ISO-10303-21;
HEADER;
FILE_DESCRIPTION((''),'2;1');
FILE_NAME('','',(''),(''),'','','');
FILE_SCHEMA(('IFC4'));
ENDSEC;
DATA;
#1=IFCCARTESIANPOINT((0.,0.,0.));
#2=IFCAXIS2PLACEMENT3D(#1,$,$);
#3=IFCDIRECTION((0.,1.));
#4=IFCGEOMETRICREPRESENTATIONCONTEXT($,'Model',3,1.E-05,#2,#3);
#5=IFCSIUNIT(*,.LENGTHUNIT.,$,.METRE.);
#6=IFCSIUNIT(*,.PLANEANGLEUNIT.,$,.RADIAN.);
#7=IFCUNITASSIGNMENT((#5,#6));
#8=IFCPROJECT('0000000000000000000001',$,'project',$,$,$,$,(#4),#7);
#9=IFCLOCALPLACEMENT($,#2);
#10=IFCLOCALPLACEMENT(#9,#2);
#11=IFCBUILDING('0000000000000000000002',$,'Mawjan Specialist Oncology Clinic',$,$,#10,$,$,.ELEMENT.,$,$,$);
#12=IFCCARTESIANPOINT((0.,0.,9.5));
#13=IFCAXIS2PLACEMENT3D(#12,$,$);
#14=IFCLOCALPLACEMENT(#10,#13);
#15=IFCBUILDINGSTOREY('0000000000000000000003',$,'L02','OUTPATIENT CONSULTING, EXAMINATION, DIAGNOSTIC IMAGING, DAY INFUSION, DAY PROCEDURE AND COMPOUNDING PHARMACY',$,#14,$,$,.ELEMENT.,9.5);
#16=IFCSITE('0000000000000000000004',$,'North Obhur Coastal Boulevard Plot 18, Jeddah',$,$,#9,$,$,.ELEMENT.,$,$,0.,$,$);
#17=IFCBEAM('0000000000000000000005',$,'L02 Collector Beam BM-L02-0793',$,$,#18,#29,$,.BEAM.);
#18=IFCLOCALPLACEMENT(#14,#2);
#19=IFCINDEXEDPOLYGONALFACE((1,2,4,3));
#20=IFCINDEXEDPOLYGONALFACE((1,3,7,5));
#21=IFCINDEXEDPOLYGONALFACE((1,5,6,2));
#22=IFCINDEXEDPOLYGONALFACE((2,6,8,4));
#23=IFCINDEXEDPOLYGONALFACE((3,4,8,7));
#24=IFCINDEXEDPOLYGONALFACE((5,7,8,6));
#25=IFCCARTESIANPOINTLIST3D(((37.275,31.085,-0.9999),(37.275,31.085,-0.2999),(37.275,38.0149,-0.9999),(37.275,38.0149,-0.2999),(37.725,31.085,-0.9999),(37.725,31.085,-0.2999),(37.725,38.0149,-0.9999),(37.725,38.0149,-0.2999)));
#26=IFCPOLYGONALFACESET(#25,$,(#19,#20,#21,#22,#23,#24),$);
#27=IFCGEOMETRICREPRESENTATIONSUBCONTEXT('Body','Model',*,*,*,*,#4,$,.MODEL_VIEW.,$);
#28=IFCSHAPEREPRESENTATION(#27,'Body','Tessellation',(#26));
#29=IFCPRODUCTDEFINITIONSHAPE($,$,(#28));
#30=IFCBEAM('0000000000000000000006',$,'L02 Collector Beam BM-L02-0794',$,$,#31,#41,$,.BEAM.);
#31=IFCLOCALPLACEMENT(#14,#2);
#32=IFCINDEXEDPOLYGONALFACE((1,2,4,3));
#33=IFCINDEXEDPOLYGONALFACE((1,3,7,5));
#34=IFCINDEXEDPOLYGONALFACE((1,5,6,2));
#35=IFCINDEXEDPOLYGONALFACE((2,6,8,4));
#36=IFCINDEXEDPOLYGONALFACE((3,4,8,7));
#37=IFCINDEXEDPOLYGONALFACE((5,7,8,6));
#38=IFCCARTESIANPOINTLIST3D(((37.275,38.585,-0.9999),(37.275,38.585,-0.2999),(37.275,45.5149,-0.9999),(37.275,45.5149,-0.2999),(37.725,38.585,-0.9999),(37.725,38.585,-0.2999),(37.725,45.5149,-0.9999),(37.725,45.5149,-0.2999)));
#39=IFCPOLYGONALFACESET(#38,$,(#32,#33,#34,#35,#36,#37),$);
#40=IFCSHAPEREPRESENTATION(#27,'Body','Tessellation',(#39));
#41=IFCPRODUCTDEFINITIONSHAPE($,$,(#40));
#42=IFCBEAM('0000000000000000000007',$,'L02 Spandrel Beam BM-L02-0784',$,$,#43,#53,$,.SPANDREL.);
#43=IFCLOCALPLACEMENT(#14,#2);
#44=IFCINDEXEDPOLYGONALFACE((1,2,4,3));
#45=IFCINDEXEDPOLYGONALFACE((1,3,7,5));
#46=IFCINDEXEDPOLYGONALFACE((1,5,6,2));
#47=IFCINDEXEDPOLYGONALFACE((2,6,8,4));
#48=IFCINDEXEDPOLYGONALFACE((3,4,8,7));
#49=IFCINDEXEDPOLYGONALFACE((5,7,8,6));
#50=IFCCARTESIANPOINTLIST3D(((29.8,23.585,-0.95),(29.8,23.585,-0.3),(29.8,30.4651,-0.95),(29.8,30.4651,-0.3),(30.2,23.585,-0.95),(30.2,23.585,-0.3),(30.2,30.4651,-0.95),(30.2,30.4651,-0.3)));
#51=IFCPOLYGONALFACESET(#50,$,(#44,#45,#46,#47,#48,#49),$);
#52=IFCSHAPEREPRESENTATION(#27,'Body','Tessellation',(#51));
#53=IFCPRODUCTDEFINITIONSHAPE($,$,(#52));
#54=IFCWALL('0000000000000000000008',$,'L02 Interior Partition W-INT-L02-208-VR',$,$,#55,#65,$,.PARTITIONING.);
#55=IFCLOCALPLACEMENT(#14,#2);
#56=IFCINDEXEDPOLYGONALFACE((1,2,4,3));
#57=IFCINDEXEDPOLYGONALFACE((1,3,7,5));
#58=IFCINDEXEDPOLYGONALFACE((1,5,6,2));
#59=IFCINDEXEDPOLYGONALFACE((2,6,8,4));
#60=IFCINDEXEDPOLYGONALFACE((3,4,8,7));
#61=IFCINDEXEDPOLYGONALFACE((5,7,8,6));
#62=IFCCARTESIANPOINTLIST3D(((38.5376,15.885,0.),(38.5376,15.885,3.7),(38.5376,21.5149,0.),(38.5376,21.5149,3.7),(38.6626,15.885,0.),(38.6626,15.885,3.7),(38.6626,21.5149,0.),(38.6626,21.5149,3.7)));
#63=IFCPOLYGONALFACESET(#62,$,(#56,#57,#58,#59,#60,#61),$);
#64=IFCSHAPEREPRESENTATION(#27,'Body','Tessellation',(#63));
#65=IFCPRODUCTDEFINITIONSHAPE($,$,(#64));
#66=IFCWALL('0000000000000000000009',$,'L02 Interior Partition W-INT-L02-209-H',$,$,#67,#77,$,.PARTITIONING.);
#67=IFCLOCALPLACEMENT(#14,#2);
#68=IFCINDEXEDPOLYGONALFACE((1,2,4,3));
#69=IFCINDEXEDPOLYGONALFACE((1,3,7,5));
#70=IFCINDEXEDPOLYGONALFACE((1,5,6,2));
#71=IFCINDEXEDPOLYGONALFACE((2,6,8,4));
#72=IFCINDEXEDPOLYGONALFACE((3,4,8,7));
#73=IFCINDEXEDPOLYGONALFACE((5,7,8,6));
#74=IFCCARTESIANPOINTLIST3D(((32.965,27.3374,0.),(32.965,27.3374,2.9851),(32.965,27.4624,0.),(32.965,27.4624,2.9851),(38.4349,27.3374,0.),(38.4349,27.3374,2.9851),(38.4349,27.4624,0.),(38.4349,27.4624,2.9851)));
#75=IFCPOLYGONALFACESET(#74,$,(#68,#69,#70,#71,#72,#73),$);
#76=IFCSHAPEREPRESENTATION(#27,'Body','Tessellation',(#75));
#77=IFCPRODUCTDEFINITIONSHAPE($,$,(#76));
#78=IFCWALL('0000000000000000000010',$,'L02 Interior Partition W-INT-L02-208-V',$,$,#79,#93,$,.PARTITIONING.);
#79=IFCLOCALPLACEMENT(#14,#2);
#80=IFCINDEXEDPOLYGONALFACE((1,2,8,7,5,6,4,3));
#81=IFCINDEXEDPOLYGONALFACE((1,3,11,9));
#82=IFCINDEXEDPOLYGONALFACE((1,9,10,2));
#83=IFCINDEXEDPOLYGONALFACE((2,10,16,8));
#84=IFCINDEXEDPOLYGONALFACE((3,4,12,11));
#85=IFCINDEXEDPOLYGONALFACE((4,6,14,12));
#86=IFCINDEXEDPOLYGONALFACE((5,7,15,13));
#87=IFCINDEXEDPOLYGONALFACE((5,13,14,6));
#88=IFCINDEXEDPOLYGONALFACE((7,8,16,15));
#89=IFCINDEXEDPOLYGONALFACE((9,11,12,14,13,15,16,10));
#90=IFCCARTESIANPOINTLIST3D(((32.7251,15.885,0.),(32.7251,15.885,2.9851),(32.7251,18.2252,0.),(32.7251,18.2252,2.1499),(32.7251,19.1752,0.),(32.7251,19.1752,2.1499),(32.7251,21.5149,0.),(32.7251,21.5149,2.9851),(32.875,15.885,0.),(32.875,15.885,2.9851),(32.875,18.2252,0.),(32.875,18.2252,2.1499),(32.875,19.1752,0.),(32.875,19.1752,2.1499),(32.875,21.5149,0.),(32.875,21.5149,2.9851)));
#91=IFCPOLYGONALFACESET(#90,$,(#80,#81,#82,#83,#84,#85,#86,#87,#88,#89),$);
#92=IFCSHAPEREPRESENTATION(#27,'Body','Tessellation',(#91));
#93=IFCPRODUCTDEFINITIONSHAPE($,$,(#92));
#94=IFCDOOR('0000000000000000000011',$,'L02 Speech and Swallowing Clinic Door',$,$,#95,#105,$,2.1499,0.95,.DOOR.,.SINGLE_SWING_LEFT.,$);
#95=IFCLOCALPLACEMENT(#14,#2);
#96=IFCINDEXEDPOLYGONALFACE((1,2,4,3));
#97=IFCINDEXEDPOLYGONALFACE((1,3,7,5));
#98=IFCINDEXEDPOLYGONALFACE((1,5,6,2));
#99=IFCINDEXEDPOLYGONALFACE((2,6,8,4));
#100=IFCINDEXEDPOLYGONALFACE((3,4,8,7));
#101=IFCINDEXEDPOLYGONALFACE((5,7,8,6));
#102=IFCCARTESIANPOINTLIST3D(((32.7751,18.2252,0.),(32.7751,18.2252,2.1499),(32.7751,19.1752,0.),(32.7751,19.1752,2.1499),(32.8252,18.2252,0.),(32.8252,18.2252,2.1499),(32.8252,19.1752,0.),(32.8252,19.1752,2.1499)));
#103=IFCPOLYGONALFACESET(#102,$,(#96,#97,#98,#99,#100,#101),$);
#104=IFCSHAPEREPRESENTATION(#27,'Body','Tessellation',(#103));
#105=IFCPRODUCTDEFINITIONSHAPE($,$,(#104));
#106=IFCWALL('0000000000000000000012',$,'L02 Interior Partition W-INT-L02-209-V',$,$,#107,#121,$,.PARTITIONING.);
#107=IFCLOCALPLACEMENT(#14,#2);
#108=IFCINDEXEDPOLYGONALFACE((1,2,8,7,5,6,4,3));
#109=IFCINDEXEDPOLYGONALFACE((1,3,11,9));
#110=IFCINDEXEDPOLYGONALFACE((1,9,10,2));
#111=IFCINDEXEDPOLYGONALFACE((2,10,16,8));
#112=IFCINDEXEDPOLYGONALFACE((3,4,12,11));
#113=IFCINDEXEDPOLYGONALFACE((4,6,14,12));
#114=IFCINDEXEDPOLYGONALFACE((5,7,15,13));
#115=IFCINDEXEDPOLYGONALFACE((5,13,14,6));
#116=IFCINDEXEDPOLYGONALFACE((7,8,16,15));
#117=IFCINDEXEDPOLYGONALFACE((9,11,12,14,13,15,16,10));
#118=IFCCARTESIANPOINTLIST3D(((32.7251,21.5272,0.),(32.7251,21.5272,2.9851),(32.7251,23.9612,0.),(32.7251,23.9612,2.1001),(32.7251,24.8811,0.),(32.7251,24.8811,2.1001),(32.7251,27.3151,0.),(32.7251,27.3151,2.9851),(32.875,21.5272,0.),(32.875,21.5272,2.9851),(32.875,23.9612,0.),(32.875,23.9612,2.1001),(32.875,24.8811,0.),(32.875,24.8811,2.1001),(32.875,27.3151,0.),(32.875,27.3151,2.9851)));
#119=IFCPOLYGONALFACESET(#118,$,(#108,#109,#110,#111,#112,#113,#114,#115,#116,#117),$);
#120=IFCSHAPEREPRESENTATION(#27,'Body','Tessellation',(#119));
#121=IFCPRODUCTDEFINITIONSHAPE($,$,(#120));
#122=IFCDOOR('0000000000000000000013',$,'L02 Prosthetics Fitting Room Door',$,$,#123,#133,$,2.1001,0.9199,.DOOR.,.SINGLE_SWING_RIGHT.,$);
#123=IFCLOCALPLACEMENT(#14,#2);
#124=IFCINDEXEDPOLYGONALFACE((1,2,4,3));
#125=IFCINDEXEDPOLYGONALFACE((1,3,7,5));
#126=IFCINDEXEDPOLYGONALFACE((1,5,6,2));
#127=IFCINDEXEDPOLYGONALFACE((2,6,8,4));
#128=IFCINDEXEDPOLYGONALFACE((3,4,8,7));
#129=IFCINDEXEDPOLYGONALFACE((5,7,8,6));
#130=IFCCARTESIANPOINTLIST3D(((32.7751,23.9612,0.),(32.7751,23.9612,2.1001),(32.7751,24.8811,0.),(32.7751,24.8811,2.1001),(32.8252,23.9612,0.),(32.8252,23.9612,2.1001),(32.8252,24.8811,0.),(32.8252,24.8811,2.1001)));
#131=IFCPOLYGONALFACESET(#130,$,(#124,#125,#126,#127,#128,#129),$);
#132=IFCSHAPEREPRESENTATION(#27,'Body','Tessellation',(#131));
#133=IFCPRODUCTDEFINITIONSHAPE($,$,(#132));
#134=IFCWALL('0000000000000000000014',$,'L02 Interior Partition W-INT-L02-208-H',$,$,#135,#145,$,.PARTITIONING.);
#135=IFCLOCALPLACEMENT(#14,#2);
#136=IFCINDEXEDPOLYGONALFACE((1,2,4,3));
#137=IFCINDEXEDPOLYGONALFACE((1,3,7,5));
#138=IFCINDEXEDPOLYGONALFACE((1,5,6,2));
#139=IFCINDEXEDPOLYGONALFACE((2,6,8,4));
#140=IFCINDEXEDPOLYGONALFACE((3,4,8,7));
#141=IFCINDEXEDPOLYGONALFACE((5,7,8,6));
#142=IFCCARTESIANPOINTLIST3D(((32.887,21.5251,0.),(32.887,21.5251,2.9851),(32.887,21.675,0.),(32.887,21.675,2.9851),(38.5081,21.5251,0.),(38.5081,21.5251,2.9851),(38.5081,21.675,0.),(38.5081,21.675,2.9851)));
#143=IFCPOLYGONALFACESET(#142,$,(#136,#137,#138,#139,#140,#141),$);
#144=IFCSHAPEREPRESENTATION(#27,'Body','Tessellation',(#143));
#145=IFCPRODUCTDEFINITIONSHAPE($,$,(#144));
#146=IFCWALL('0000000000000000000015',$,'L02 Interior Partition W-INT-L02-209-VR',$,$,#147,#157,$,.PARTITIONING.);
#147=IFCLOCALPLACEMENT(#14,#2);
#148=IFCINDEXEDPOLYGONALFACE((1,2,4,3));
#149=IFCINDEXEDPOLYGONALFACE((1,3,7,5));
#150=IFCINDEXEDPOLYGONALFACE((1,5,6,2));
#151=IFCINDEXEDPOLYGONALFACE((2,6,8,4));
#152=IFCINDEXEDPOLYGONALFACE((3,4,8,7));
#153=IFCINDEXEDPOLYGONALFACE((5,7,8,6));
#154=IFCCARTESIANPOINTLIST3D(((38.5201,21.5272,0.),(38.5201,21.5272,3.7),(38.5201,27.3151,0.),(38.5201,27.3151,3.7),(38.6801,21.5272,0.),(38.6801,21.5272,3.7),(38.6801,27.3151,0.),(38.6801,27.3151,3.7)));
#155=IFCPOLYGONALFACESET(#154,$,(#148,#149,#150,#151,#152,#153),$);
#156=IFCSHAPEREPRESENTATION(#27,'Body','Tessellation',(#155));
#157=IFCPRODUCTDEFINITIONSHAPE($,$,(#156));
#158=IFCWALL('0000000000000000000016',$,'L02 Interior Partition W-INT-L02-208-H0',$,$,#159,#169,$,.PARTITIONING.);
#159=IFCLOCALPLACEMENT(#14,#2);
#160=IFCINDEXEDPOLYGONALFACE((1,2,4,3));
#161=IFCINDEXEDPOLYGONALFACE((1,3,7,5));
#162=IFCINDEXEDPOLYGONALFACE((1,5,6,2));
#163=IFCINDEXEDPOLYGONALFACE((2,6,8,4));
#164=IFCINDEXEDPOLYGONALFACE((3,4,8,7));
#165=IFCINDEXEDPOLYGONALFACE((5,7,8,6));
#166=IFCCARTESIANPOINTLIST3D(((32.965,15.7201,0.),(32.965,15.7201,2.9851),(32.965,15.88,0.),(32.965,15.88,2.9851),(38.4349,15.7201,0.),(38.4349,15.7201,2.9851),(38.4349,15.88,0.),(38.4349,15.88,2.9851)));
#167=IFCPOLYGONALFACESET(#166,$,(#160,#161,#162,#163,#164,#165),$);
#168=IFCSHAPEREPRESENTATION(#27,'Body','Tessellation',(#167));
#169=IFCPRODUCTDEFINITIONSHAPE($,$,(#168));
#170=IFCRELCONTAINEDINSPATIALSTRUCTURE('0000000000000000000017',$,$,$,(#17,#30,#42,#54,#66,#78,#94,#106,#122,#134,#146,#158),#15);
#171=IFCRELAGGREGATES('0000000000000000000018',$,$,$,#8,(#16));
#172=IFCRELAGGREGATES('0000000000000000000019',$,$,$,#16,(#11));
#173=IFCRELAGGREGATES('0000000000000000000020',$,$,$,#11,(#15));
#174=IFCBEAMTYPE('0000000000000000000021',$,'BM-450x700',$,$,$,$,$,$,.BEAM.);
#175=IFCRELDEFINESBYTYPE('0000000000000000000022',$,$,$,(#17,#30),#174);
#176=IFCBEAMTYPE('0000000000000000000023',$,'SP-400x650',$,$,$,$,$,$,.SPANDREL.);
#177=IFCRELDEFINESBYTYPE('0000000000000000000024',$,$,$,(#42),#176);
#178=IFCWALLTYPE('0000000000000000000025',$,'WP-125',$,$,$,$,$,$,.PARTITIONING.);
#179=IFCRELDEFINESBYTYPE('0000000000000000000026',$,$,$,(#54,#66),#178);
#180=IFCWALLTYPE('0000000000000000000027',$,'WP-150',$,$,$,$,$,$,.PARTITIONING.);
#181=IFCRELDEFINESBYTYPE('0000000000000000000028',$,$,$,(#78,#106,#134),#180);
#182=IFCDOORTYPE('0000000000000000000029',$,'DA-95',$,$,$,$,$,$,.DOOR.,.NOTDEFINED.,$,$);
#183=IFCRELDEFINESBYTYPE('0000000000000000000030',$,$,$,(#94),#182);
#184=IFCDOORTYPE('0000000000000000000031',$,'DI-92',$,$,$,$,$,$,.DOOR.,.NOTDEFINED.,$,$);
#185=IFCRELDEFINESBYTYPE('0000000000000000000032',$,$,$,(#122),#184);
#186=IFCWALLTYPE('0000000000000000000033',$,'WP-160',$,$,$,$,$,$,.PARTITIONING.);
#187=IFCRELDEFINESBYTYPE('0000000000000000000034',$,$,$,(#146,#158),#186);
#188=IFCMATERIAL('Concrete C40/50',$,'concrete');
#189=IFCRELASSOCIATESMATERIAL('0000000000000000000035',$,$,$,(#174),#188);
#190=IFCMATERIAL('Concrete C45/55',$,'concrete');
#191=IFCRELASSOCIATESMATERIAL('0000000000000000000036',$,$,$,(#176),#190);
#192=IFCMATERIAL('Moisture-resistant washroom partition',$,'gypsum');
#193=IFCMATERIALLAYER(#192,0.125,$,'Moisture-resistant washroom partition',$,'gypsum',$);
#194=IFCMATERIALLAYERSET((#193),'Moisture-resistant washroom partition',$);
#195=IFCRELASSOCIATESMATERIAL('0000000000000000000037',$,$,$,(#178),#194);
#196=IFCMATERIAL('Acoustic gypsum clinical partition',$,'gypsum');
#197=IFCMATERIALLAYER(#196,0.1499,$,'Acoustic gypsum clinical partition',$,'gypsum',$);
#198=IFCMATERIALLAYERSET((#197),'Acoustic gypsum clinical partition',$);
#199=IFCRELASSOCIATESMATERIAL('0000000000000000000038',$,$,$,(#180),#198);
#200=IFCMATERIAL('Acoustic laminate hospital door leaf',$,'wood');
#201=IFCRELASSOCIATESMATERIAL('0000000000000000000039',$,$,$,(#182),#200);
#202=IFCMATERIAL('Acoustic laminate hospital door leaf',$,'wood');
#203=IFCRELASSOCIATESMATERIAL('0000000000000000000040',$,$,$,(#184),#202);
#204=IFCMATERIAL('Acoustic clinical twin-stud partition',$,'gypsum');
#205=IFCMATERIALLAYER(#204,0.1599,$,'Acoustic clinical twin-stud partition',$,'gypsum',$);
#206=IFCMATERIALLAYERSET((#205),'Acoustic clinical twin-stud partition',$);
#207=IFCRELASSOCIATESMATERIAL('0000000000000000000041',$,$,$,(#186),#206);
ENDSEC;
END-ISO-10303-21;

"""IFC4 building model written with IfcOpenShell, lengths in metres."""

from ifc_helpers import new_model, si_unit, direction, frame, frame_2d, origin, origin_2d, place, context, subcontext, project, spatial, rectangle, extrude, material, layer, layer_set, material_profile, profile_set, type_object, element, fill, save


model = new_model("IFC4")

# Units and contexts
model_context = context("Model", 3, precision=1e-05, world=origin(), true_north=direction((0.0, 1.0)))
body_context = subcontext(model_context, "Body", "Model", "MODEL_VIEW")
ifc_project = project(units=[si_unit("LENGTHUNIT", "METRE"), si_unit("PLANEANGLEUNIT", "RADIAN")], contexts=[model_context])

# Site, building, storey
site_placement = place(None, origin())
site = spatial("IfcSite", under=ifc_project, at=site_placement, Name="North Obhur Coastal Boulevard Plot 18, Jeddah", CompositionType="ELEMENT", RefElevation=0.0)
building_placement = place(site_placement, origin())
building = spatial("IfcBuilding", under=site, at=building_placement, Name="Mawjan Specialist Oncology Clinic", CompositionType="ELEMENT")
storey_placement = place(building_placement, frame((0.0, 0.0, 9.5)))
storey = spatial("IfcBuildingStorey", under=building, at=storey_placement, Name="L02", Description="OUTPATIENT CONSULTING, EXAMINATION, DIAGNOSTIC IMAGING, DAY INFUSION, DAY PROCEDURE AND COMPOUNDING PHARMACY", CompositionType="ELEMENT", Elevation=9.5)

# Beams
ifc_material_1 = material(Name="Concrete C40/50", Category="concrete")
ifc_material_profile_1 = material_profile(ifc_material_1, rectangle(XDim=0.45, YDim=0.7, at=origin_2d()), Name="RC BM 450x700", Category="concrete")
ifc_profile_set_1 = profile_set([ifc_material_profile_1], Name="Concrete C40/50")
beam_type_1 = type_object("IfcBeamType", Name="BM-450x700", PredefinedType="BEAM", material=ifc_profile_set_1)
for number, where, z_axis, x_axis, name in (
    (1, (37.5, 31.085, -0.6499), (0.0, 1.0, 0.0), (-1.0, 0.0, 0.0), "L02 Collector Beam BM-L02-0793"),
    (2, (37.5, 38.585, -0.6499), (0.0, 1.0, 0.0), (-1.0, 0.0, 0.0), "L02 Collector Beam BM-L02-0794"),
):
    element("IfcBeam", number, at=place(storey_placement, frame(where, z_axis=z_axis, x_axis=x_axis)), inside=storey, type_object=beam_type_1, Name=name, PredefinedType="BEAM", context=body_context, shape_type="SweptSolid", body=[
        extrude(rectangle(XDim=0.45, YDim=0.7, at=origin_2d()), origin(), (0.0, 0.0, 1.0), 6.9299),
    ])
ifc_material_2 = material(Name="Concrete C45/55", Category="concrete")
ifc_material_profile_2 = material_profile(ifc_material_2, rectangle(XDim=0.3999, YDim=0.6499, at=origin_2d()), Name="RC BM 400x650", Category="concrete")
ifc_profile_set_2 = profile_set([ifc_material_profile_2], Name="Concrete C45/55")
beam_type_2 = type_object("IfcBeamType", Name="SP-400x650", PredefinedType="SPANDREL", material=ifc_profile_set_2)
beam_1_placement = place(storey_placement, frame((30.0, 23.585, -0.625), z_axis=(0.0, 1.0, 0.0), x_axis=(-1.0, 0.0, 0.0)))
element("IfcBeam", 3, at=beam_1_placement, inside=storey, type_object=beam_type_2, Name="L02 Spandrel Beam BM-L02-0784", PredefinedType="SPANDREL", context=body_context, shape_type="SweptSolid", body=[
    extrude(rectangle(XDim=0.3999, YDim=0.6499, at=origin_2d()), origin(), (0.0, 0.0, 1.0), 6.8801),
])

# Walls
ifc_material_3 = material(Name="Moisture-resistant washroom partition", Category="gypsum")
ifc_layer_1 = layer(ifc_material_3, 0.125, Name="Moisture-resistant washroom partition", Category="gypsum")
ifc_layer_set_1 = layer_set([ifc_layer_1], Name="Moisture-resistant washroom partition")
wall_type_1 = type_object("IfcWallType", Name="WP-125", PredefinedType="PARTITIONING", material=ifc_layer_set_1)
wall_1_placement = place(storey_placement, frame((38.6001, 15.885, 0.0), z_axis=(0.0, 0.0, 1.0), x_axis=(0.0, 1.0, 0.0)))
element("IfcWall", 4, at=wall_1_placement, inside=storey, type_object=wall_type_1, Name="L02 Interior Partition W-INT-L02-208-VR", PredefinedType="PARTITIONING", context=body_context, shape_type="SweptSolid", body=[
    extrude(rectangle(XDim=5.6299, YDim=0.125, at=frame_2d((2.8149, 0.0))), origin(), (0.0, 0.0, 1.0), 3.7),
])
wall_2_placement = place(storey_placement, frame((32.9651, 27.3999, 0.0), z_axis=(0.0, 0.0, 1.0), x_axis=(1.0, 0.0, 0.0)))
element("IfcWall", 5, at=wall_2_placement, inside=storey, type_object=wall_type_1, Name="L02 Interior Partition W-INT-L02-209-H", PredefinedType="PARTITIONING", context=body_context, shape_type="SweptSolid", body=[
    extrude(rectangle(XDim=5.47, YDim=0.125, at=frame_2d((2.7349, 0.0))), origin(), (0.0, 0.0, 1.0), 2.9851),
])

# Walls, openings, doors
ifc_material_4 = material(Name="Acoustic gypsum clinical partition", Category="gypsum")
ifc_layer_2 = layer(ifc_material_4, 0.1499, Name="Acoustic gypsum clinical partition", Category="gypsum")
ifc_layer_set_2 = layer_set([ifc_layer_2], Name="Acoustic gypsum clinical partition")
wall_type_2 = type_object("IfcWallType", Name="WP-150", PredefinedType="PARTITIONING", material=ifc_layer_set_2)
wall_3_placement = place(storey_placement, frame((32.8, 15.885, 0.0), z_axis=(0.0, 0.0, 1.0), x_axis=(0.0, 1.0, 0.0)))
wall_3 = element("IfcWall", 6, at=wall_3_placement, inside=storey, type_object=wall_type_2, Name="L02 Interior Partition W-INT-L02-208-V", PredefinedType="PARTITIONING", context=body_context, shape_type="SweptSolid", body=[
    extrude(rectangle(XDim=5.6299, YDim=0.1499, at=frame_2d((2.8149, 0.0))), origin(), (0.0, 0.0, 1.0), 2.9851),
])
opening_1_placement = place(wall_3_placement, frame((2.3401, 0.0, 0.0)))
opening_1 = element("IfcOpeningElement", 7, at=opening_1_placement, cuts=wall_3, PredefinedType="OPENING", context=body_context, shape_type="SweptSolid", body=[
    extrude(rectangle(XDim=0.95, YDim=2.1499, at=frame_2d((0.4751, 1.075))), frame((0.0, 0.0869, 0.0), z_axis=(0.0, -1.0, 0.0), x_axis=(1.0, 0.0, 0.0)), (0.0, 0.0, 1.0), 0.1738),
])
ifc_material_5 = material(Name="Acoustic laminate hospital door leaf", Category="wood")
door_type_1 = type_object("IfcDoorType", Name="DA-95", OperationType="NOTDEFINED", PredefinedType="DOOR", material=ifc_material_5)
door_1_placement = place(opening_1_placement, origin())
door_1 = element("IfcDoor", 8, at=door_1_placement, inside=storey, type_object=door_type_1, Name="L02 Speech and Swallowing Clinic Door", OperationType="SINGLE_SWING_LEFT", OverallHeight=2.1499, OverallWidth=0.95, PredefinedType="DOOR", context=body_context, shape_type="SweptSolid", body=[
    extrude(rectangle(XDim=0.95, YDim=2.1499, at=frame_2d((0.4751, 1.075))), frame((0.0, 0.0249, 0.0), z_axis=(0.0, -1.0, 0.0), x_axis=(1.0, 0.0, 0.0)), (0.0, 0.0, 1.0), 0.05),
])
fill(opening_1, door_1)
wall_4_placement = place(storey_placement, frame((32.8, 21.5271, 0.0), z_axis=(0.0, 0.0, 1.0), x_axis=(0.0, 1.0, 0.0)))
wall_4 = element("IfcWall", 9, at=wall_4_placement, inside=storey, type_object=wall_type_2, Name="L02 Interior Partition W-INT-L02-209-V", PredefinedType="PARTITIONING", context=body_context, shape_type="SweptSolid", body=[
    extrude(rectangle(XDim=5.7878, YDim=0.1499, at=frame_2d((2.894, 0.0))), origin(), (0.0, 0.0, 1.0), 2.9851),
])
opening_2_placement = place(wall_4_placement, frame((2.4341, 0.0, 0.0)))
opening_2 = element("IfcOpeningElement", 10, at=opening_2_placement, cuts=wall_4, PredefinedType="OPENING", context=body_context, shape_type="SweptSolid", body=[
    extrude(rectangle(XDim=0.9199, YDim=2.1001, at=frame_2d((0.46, 1.05))), frame((0.0, 0.0869, 0.0), z_axis=(0.0, -1.0, 0.0), x_axis=(1.0, 0.0, 0.0)), (0.0, 0.0, 1.0), 0.1738),
])
ifc_material_6 = material(Name="Acoustic laminate hospital door leaf", Category="wood")
door_type_2 = type_object("IfcDoorType", Name="DI-92", OperationType="NOTDEFINED", PredefinedType="DOOR", material=ifc_material_6)
door_2_placement = place(opening_2_placement, origin())
door_2 = element("IfcDoor", 11, at=door_2_placement, inside=storey, type_object=door_type_2, Name="L02 Prosthetics Fitting Room Door", OperationType="SINGLE_SWING_RIGHT", OverallHeight=2.1001, OverallWidth=0.9199, PredefinedType="DOOR", context=body_context, shape_type="SweptSolid", body=[
    extrude(rectangle(XDim=0.9199, YDim=2.1001, at=frame_2d((0.46, 1.05))), frame((0.0, 0.0249, 0.0), z_axis=(0.0, -1.0, 0.0), x_axis=(1.0, 0.0, 0.0)), (0.0, 0.0, 1.0), 0.05),
])
fill(opening_2, door_2)

# Walls
wall_5_placement = place(storey_placement, frame((32.887, 21.6001, 0.0), z_axis=(0.0, 0.0, 1.0), x_axis=(1.0, 0.0, 0.0)))
element("IfcWall", 12, at=wall_5_placement, inside=storey, type_object=wall_type_2, Name="L02 Interior Partition W-INT-L02-208-H", PredefinedType="PARTITIONING", context=body_context, shape_type="SweptSolid", body=[
    extrude(rectangle(XDim=5.6211, YDim=0.1499, at=frame_2d((2.8105, 0.0))), origin(), (0.0, 0.0, 1.0), 2.9851),
])
ifc_material_7 = material(Name="Acoustic clinical twin-stud partition", Category="gypsum")
ifc_layer_3 = layer(ifc_material_7, 0.1599, Name="Acoustic clinical twin-stud partition", Category="gypsum")
ifc_layer_set_3 = layer_set([ifc_layer_3], Name="Acoustic clinical twin-stud partition")
wall_type_3 = type_object("IfcWallType", Name="WP-160", PredefinedType="PARTITIONING", material=ifc_layer_set_3)
wall_6_placement = place(storey_placement, frame((38.6001, 21.5271, 0.0), z_axis=(0.0, 0.0, 1.0), x_axis=(0.0, 1.0, 0.0)))
element("IfcWall", 13, at=wall_6_placement, inside=storey, type_object=wall_type_3, Name="L02 Interior Partition W-INT-L02-209-VR", PredefinedType="PARTITIONING", context=body_context, shape_type="SweptSolid", body=[
    extrude(rectangle(XDim=5.7878, YDim=0.1599, at=frame_2d((2.894, 0.0))), origin(), (0.0, 0.0, 1.0), 3.7),
])
wall_7_placement = place(storey_placement, frame((32.9651, 15.8, 0.0), z_axis=(0.0, 0.0, 1.0), x_axis=(1.0, 0.0, 0.0)))
element("IfcWall", 14, at=wall_7_placement, inside=storey, type_object=wall_type_3, Name="L02 Interior Partition W-INT-L02-208-H0", PredefinedType="PARTITIONING", context=body_context, shape_type="SweptSolid", body=[
    extrude(rectangle(XDim=5.47, YDim=0.1599, at=frame_2d((2.7349, 0.0))), origin(), (0.0, 0.0, 1.0), 2.9851),
])

save(model, "model.ifc")
